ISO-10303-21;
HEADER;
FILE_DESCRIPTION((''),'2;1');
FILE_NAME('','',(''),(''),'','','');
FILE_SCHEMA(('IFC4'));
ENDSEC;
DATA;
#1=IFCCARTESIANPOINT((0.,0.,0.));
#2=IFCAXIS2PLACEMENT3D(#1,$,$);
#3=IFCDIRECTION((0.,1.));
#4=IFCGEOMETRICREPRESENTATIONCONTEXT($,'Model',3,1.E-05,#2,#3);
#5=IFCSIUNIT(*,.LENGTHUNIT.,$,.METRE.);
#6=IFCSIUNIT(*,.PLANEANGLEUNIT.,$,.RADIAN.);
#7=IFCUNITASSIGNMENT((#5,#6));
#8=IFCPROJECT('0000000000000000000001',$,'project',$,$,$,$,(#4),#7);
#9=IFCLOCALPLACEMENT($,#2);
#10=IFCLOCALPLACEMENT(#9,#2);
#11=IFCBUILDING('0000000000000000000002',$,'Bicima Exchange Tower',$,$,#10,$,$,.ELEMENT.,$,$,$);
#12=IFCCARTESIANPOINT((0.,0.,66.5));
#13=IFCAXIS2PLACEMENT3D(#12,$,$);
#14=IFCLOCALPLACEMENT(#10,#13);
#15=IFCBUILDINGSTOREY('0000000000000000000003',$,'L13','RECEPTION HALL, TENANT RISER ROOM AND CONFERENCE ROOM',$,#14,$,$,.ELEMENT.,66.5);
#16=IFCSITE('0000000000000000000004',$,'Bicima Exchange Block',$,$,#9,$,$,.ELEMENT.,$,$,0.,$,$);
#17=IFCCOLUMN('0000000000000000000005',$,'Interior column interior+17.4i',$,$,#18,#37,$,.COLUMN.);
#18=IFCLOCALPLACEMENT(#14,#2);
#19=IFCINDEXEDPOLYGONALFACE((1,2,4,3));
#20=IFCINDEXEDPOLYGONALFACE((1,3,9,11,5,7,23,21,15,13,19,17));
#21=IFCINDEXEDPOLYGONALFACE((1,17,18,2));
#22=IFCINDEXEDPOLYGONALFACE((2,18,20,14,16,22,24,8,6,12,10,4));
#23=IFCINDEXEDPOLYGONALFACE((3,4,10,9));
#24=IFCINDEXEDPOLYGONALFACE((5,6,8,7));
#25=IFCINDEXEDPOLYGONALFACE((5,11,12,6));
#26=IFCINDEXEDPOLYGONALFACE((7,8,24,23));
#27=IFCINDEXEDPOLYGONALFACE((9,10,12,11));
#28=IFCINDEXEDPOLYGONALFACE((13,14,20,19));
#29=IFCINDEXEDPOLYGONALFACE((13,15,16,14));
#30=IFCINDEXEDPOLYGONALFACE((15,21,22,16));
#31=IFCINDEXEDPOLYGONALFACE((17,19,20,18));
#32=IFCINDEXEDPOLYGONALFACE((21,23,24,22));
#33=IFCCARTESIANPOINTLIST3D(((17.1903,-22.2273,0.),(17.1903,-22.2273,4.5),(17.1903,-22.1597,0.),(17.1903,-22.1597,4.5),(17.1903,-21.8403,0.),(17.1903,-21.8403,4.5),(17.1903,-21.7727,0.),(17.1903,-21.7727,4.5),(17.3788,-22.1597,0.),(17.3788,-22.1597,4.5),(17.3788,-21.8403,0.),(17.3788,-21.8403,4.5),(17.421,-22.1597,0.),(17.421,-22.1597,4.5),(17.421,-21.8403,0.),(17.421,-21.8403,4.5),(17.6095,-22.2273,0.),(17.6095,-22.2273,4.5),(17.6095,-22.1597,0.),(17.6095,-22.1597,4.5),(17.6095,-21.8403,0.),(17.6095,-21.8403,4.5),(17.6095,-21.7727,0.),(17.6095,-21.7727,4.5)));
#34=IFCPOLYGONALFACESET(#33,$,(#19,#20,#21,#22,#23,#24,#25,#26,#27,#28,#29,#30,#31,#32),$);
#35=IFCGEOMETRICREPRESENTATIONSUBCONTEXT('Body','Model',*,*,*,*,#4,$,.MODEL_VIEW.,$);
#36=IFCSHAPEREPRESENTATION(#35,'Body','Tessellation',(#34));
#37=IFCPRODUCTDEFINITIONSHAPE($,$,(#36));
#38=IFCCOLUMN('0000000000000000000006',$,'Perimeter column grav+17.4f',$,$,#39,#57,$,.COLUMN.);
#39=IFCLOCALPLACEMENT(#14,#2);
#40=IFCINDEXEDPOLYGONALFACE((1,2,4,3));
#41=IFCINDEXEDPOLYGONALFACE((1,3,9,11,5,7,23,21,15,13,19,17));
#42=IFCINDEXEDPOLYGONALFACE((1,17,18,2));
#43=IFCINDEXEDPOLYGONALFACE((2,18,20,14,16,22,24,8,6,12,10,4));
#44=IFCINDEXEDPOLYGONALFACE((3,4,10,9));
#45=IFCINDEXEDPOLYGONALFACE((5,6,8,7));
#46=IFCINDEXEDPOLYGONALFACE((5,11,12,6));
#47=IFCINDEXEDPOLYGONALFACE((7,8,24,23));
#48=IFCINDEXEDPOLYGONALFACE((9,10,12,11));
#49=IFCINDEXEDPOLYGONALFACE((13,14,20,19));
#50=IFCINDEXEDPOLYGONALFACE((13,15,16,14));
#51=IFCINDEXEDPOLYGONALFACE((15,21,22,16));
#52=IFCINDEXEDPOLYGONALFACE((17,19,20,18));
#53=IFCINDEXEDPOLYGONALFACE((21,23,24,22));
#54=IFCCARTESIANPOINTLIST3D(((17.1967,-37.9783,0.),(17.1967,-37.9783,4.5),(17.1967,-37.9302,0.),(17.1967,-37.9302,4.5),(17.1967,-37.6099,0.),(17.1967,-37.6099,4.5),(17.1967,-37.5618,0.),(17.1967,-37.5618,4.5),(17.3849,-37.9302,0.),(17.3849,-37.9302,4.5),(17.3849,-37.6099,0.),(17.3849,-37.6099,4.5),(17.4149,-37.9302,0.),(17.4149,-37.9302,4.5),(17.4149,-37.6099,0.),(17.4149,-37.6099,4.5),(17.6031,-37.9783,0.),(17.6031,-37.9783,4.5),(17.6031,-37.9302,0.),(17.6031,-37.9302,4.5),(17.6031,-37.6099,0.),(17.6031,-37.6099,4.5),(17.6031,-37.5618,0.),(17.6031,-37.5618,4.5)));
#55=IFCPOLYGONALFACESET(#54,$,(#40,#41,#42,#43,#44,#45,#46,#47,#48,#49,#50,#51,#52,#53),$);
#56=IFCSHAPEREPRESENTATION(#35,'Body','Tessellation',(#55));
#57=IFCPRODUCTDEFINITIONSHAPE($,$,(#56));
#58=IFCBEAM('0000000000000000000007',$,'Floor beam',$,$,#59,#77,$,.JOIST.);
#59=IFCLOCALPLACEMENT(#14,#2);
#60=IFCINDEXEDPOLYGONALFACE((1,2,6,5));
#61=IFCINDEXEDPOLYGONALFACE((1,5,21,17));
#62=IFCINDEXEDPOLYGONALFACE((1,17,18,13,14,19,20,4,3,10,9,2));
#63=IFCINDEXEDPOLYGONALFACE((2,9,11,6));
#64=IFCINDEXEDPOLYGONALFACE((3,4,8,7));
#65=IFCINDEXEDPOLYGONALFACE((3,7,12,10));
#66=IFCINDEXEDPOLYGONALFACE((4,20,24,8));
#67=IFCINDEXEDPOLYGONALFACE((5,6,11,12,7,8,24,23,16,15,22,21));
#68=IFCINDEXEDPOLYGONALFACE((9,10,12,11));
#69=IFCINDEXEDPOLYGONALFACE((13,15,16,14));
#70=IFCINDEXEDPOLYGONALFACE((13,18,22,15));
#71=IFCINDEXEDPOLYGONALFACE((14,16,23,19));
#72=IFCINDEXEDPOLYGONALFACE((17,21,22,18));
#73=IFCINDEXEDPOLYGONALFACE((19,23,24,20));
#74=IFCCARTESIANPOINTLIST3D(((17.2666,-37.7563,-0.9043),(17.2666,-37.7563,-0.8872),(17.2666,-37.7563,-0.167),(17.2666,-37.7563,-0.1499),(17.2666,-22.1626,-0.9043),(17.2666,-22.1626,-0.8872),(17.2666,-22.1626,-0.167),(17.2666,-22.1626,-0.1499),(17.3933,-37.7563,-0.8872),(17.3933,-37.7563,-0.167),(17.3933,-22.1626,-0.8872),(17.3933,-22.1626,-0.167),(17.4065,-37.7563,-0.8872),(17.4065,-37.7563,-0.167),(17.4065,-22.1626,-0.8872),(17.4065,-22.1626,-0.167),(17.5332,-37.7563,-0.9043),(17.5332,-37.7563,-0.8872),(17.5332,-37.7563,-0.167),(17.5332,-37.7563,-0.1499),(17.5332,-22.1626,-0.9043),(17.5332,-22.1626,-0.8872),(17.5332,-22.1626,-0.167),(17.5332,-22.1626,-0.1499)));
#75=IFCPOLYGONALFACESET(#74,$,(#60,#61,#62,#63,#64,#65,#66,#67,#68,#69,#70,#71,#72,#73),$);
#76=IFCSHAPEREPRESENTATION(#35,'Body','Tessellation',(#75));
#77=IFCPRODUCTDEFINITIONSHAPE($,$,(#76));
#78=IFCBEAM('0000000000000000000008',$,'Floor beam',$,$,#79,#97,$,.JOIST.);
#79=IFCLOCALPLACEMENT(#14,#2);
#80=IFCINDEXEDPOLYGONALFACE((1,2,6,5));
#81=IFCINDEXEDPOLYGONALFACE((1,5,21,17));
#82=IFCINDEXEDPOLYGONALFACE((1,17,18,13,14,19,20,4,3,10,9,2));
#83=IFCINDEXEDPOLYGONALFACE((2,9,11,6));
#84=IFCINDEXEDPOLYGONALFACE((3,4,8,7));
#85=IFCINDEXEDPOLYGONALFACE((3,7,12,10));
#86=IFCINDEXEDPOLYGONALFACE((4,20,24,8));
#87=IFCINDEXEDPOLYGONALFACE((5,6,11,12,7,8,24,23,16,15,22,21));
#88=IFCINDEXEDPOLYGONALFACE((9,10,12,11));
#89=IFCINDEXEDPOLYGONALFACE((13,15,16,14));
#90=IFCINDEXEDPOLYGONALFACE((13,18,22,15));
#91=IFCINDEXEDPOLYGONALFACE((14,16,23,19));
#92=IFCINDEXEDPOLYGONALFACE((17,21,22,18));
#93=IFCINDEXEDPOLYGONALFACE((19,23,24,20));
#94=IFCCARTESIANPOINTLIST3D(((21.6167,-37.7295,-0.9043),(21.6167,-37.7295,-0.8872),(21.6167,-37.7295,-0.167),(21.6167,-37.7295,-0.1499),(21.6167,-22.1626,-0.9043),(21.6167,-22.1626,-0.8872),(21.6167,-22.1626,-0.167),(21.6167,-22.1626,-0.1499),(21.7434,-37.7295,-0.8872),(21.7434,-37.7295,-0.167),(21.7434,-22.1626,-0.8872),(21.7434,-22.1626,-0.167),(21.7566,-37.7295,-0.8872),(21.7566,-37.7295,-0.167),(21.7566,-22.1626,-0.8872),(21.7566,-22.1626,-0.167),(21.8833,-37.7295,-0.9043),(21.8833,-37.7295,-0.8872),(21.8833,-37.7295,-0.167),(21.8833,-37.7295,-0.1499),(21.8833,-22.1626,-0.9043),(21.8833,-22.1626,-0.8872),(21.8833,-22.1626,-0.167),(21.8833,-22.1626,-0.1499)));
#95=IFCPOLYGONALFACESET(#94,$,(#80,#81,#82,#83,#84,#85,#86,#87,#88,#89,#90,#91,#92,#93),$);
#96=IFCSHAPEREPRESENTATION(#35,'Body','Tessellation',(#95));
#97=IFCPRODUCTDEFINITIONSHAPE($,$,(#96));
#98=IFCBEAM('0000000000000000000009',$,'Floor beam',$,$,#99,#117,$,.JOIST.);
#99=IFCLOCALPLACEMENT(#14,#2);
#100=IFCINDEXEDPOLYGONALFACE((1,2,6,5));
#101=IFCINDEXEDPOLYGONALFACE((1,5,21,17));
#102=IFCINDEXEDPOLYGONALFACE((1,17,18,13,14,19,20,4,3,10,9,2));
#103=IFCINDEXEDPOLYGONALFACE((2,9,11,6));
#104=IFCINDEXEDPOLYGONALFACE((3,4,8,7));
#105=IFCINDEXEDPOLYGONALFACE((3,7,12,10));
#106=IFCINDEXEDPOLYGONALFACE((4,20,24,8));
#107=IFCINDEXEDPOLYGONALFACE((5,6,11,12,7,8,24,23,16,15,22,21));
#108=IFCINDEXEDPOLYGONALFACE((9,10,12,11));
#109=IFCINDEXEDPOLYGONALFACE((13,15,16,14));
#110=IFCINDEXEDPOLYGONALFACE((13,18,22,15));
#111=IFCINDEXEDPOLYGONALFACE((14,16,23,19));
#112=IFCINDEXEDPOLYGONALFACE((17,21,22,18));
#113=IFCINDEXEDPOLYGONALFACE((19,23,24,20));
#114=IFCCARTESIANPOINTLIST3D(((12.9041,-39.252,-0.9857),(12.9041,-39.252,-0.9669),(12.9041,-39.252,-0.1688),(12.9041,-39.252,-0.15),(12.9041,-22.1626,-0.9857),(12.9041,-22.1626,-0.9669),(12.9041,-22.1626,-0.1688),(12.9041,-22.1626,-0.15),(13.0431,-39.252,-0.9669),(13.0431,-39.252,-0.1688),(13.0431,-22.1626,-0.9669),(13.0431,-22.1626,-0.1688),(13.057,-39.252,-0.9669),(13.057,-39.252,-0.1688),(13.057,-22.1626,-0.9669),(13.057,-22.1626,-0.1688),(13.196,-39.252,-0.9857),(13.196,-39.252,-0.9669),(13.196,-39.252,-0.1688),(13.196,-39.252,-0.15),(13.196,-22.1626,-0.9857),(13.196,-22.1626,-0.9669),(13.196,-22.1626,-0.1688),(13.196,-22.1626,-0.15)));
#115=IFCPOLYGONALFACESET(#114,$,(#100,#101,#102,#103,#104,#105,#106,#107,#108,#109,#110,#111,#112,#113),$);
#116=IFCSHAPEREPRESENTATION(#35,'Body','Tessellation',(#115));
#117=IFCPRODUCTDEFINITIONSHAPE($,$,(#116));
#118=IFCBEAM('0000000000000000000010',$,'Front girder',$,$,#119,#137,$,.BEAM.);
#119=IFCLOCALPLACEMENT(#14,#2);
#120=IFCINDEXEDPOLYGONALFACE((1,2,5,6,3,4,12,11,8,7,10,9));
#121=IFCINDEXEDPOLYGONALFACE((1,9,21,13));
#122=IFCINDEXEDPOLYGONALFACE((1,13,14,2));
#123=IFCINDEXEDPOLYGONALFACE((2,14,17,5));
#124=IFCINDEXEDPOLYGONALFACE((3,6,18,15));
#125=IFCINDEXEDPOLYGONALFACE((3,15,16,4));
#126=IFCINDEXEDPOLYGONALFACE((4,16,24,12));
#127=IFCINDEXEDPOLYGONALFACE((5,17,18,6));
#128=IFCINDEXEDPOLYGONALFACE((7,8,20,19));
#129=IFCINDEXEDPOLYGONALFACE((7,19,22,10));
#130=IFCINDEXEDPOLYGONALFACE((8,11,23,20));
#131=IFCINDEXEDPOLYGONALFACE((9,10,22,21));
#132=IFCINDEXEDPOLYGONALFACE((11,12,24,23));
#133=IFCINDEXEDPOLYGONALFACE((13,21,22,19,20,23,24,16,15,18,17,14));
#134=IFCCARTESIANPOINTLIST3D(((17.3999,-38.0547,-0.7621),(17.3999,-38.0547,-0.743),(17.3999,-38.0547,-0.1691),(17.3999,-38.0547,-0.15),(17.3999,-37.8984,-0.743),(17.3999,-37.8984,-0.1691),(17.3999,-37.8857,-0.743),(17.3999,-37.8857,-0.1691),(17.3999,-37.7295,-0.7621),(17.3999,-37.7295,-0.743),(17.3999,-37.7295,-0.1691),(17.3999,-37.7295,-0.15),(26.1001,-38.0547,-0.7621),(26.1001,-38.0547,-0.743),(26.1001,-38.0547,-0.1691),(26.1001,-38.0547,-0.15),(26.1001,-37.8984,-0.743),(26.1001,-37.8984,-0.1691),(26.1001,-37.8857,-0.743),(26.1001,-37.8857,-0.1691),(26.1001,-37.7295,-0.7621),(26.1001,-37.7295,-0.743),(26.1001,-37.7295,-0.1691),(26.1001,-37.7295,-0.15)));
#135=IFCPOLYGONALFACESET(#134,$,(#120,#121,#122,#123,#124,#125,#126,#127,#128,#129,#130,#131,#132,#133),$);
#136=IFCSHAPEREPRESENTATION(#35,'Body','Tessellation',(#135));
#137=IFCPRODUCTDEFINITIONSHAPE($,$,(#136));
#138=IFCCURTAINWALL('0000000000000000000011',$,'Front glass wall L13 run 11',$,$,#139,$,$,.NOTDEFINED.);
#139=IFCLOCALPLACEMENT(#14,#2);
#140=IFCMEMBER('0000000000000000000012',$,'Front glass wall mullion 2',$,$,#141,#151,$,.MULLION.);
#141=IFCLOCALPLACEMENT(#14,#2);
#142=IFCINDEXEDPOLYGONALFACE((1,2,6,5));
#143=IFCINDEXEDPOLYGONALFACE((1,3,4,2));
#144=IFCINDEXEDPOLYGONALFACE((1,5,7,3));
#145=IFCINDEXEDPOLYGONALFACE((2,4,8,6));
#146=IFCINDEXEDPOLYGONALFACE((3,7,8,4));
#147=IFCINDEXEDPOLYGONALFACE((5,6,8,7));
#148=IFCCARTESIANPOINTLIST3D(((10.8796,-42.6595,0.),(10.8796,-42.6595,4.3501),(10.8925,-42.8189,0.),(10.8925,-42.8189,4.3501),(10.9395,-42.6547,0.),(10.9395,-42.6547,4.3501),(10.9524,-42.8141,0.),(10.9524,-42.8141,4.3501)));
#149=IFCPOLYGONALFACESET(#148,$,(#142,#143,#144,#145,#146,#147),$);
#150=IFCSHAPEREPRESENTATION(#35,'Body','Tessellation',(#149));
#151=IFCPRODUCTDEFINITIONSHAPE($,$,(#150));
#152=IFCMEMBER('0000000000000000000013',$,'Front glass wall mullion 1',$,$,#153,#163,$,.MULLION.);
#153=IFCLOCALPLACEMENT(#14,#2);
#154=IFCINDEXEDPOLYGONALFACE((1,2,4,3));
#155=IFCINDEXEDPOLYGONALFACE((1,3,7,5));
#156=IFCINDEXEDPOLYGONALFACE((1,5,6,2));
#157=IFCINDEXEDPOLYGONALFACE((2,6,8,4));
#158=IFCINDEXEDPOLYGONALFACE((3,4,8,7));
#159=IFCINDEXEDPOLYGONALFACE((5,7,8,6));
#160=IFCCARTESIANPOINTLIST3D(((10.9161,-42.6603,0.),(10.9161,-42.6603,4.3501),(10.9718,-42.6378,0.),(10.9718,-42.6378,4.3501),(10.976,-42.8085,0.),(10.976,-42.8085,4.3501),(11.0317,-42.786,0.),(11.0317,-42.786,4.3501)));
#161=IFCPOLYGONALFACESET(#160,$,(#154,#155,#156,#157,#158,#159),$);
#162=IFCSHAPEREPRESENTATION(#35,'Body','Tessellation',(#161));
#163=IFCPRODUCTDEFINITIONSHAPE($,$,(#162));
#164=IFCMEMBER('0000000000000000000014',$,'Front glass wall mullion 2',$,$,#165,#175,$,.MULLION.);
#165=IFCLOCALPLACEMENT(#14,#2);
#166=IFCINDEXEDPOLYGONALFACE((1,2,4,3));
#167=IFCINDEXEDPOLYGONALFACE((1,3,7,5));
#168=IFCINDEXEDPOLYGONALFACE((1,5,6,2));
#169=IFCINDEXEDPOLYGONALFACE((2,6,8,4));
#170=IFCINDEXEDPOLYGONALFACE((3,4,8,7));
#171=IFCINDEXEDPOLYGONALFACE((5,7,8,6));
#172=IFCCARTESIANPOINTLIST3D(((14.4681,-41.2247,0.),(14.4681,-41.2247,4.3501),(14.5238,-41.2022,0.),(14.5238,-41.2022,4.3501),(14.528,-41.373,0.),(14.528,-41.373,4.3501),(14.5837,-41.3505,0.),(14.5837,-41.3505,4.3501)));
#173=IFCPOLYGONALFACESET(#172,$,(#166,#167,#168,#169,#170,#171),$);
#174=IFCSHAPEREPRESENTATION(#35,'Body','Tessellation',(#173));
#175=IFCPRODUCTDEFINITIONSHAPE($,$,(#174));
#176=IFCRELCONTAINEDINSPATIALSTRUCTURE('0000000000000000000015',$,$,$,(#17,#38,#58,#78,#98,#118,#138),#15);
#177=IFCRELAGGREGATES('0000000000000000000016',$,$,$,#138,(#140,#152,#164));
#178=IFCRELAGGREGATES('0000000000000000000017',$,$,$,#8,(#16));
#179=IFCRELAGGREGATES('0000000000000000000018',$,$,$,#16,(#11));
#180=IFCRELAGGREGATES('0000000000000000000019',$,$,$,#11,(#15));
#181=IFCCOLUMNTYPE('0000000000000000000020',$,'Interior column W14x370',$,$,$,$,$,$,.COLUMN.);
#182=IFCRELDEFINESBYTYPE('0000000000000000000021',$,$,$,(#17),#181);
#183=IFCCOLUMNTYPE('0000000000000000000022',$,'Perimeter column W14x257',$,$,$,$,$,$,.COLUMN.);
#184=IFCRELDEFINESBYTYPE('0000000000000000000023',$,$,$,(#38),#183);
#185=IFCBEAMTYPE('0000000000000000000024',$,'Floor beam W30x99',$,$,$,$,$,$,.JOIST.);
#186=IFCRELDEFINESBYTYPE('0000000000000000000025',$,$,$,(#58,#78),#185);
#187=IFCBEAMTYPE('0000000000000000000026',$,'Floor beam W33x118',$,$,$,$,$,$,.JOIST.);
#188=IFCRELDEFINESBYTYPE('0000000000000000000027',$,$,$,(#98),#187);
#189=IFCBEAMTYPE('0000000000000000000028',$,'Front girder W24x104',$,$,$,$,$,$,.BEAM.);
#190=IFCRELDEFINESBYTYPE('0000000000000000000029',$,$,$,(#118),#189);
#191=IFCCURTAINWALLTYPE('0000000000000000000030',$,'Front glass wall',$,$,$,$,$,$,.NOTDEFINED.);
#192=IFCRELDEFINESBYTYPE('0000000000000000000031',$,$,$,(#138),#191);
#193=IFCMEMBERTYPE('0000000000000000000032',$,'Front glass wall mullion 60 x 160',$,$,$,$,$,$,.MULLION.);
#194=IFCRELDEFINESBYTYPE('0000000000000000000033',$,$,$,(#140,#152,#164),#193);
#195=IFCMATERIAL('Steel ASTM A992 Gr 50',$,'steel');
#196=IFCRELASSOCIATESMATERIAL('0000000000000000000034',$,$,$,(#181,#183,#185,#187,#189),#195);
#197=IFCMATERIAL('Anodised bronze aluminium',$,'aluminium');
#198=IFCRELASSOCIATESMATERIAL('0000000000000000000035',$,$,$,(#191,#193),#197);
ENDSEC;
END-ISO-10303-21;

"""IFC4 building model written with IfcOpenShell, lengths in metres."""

from ifc_helpers import new_model, si_unit, direction, frame, origin, origin_2d, place, context, subcontext, project, spatial, rectangle, i_section, extrude, material, material_profile, profile_set, type_object, element, aggregate, save


model = new_model("IFC4")

# Units and contexts
model_context = context("Model", 3, precision=1e-05, world=origin(), true_north=direction((0.0, 1.0)))
body_context = subcontext(model_context, "Body", "Model", "MODEL_VIEW")
ifc_project = project(units=[si_unit("LENGTHUNIT", "METRE"), si_unit("PLANEANGLEUNIT", "RADIAN")], contexts=[model_context])

# Site, building, storey
site_placement = place(None, origin())
site = spatial("IfcSite", under=ifc_project, at=site_placement, Name="Bicima Exchange Block", CompositionType="ELEMENT", RefElevation=0.0)
building_placement = place(site_placement, origin())
building = spatial("IfcBuilding", under=site, at=building_placement, Name="Bicima Exchange Tower", CompositionType="ELEMENT")
storey_placement = place(building_placement, frame((0.0, 0.0, 66.5)))
storey = spatial("IfcBuildingStorey", under=building, at=storey_placement, Name="L13", Description="RECEPTION HALL, TENANT RISER ROOM AND CONFERENCE ROOM", CompositionType="ELEMENT", Elevation=66.5)

# Columns
ifc_material_1 = material(Name="Steel ASTM A992 Gr 50", Category="steel")
ifc_material_profile_1 = material_profile(ifc_material_1, i_section(OverallWidth=0.4192, OverallDepth=0.4546, WebThickness=0.0422, FlangeThickness=0.0676, at=origin_2d()))
ifc_profile_set_1 = profile_set([ifc_material_profile_1], Name="Steel ASTM A992 Gr 50")
column_type_1 = type_object("IfcColumnType", Name="Interior column W14x370", PredefinedType="COLUMN", material=ifc_profile_set_1)
column_1_placement = place(storey_placement, frame((17.3999, -22.0, 0.0), z_axis=(0.0, 0.0, 1.0), x_axis=(1.0, 0.0, 0.0)))
element("IfcColumn", 1, at=column_1_placement, inside=storey, type_object=column_type_1, Name="Interior column interior+17.4i", PredefinedType="COLUMN", context=body_context, shape_type="SweptSolid", body=[
    extrude(i_section(OverallWidth=0.4192, OverallDepth=0.4546, WebThickness=0.0422, FlangeThickness=0.0676, at=origin_2d()), origin(), (0.0, 0.0, 1.0), 4.5),
])
ifc_material_profile_2 = material_profile(ifc_material_1, i_section(OverallWidth=0.4065, OverallDepth=0.4165, WebThickness=0.03, FlangeThickness=0.0481, at=origin_2d()))
ifc_profile_set_2 = profile_set([ifc_material_profile_2], Name="Steel ASTM A992 Gr 50")
column_type_2 = type_object("IfcColumnType", Name="Perimeter column W14x257", PredefinedType="COLUMN", material=ifc_profile_set_2)
column_2_placement = place(storey_placement, frame((17.3999, -37.77, 0.0), z_axis=(0.0, 0.0, 1.0), x_axis=(1.0, 0.0, 0.0)))
element("IfcColumn", 2, at=column_2_placement, inside=storey, type_object=column_type_2, Name="Perimeter column grav+17.4f", PredefinedType="COLUMN", context=body_context, shape_type="SweptSolid", body=[
    extrude(i_section(OverallWidth=0.4065, OverallDepth=0.4165, WebThickness=0.03, FlangeThickness=0.0481, at=origin_2d()), origin(), (0.0, 0.0, 1.0), 4.5),
])

# Beams
ifc_material_profile_3 = material_profile(ifc_material_1, i_section(OverallWidth=0.2666, OverallDepth=0.7544, WebThickness=0.0132, FlangeThickness=0.0171, at=origin_2d()))
ifc_profile_set_3 = profile_set([ifc_material_profile_3], Name="Steel ASTM A992 Gr 50")
beam_type_1 = type_object("IfcBeamType", Name="Floor beam W30x99", PredefinedType="JOIST", material=ifc_profile_set_3)
beam_1_placement = place(storey_placement, frame((17.3999, -22.1626, -0.5271), z_axis=(0.0, -1.0, 0.0), x_axis=(1.0, 0.0, 0.0)))
element("IfcBeam", 3, at=beam_1_placement, inside=storey, type_object=beam_type_1, Name="Floor beam", PredefinedType="JOIST", context=body_context, shape_type="SweptSolid", body=[
    extrude(i_section(OverallWidth=0.2666, OverallDepth=0.7544, WebThickness=0.0132, FlangeThickness=0.0171, at=origin_2d()), origin(), (0.0, 0.0, 1.0), 15.5938),
])
beam_2_placement = place(storey_placement, frame((21.75, -22.1626, -0.5271), z_axis=(0.0, -1.0, 0.0), x_axis=(1.0, 0.0, 0.0)))
element("IfcBeam", 4, at=beam_2_placement, inside=storey, type_object=beam_type_1, Name="Floor beam", PredefinedType="JOIST", context=body_context, shape_type="SweptSolid", body=[
    extrude(i_section(OverallWidth=0.2666, OverallDepth=0.7544, WebThickness=0.0132, FlangeThickness=0.0171, at=origin_2d()), origin(), (0.0, 0.0, 1.0), 15.5669),
])
ifc_material_profile_4 = material_profile(ifc_material_1, i_section(OverallWidth=0.292, OverallDepth=0.8357, WebThickness=0.0139, FlangeThickness=0.0188, at=origin_2d()))
ifc_profile_set_4 = profile_set([ifc_material_profile_4], Name="Steel ASTM A992 Gr 50")
beam_type_2 = type_object("IfcBeamType", Name="Floor beam W33x118", PredefinedType="JOIST", material=ifc_profile_set_4)
beam_3_placement = place(storey_placement, frame((13.05, -22.1626, -0.5679), z_axis=(0.0, -1.0, 0.0), x_axis=(1.0, 0.0, 0.0)))
element("IfcBeam", 5, at=beam_3_placement, inside=storey, type_object=beam_type_2, Name="Floor beam", PredefinedType="JOIST", context=body_context, shape_type="SweptSolid", body=[
    extrude(i_section(OverallWidth=0.292, OverallDepth=0.8357, WebThickness=0.0139, FlangeThickness=0.0188, at=origin_2d()), origin(), (0.0, 0.0, 1.0), 17.0894),
])
ifc_material_profile_5 = material_profile(ifc_material_1, i_section(OverallWidth=0.3252, OverallDepth=0.6121, WebThickness=0.0127, FlangeThickness=0.019, at=origin_2d()))
ifc_profile_set_5 = profile_set([ifc_material_profile_5], Name="Steel ASTM A992 Gr 50")
beam_type_3 = type_object("IfcBeamType", Name="Front girder W24x104", PredefinedType="BEAM", material=ifc_profile_set_5)
beam_4_placement = place(storey_placement, frame((17.3999, -37.8921, -0.4561), z_axis=(1.0, 0.0, 0.0), x_axis=(0.0, 1.0, 0.0)))
element("IfcBeam", 6, at=beam_4_placement, inside=storey, type_object=beam_type_3, Name="Front girder", PredefinedType="BEAM", context=body_context, shape_type="SweptSolid", body=[
    extrude(i_section(OverallWidth=0.3252, OverallDepth=0.6121, WebThickness=0.0127, FlangeThickness=0.019, at=origin_2d()), origin(), (0.0, 0.0, 1.0), 8.7002),
])

# Curtain wall, members
ifc_material_2 = material(Name="Anodised bronze aluminium", Category="aluminium")
curtain_wall_type = type_object("IfcCurtainWallType", Name="Front glass wall", PredefinedType="NOTDEFINED", material=ifc_material_2)
curtain_wall_1_placement = place(storey_placement, origin())
curtain_wall_1 = element("IfcCurtainWall", 7, at=curtain_wall_1_placement, inside=storey, type_object=curtain_wall_type, Name="Front glass wall L13 run 11", PredefinedType="NOTDEFINED")
ifc_material_profile_6 = material_profile(ifc_material_2, rectangle(XDim=0.1599, YDim=0.0601, at=origin_2d()))
ifc_profile_set_6 = profile_set([ifc_material_profile_6], Name="Anodised bronze aluminium")
member_type_1 = type_object("IfcMemberType", Name="Front glass wall mullion 60 x 160", PredefinedType="MULLION", material=ifc_profile_set_6)
member_1_placement = place(storey_placement, frame((10.916, -42.7368, 0.0), z_axis=(0.0, 0.0, 1.0), x_axis=(-0.080589, 0.996747, 0.0)))
member_1 = element("IfcMember", 8, at=member_1_placement, type_object=member_type_1, Name="Front glass wall mullion 2", PredefinedType="MULLION", context=body_context, shape_type="SweptSolid", body=[
    extrude(rectangle(XDim=0.1599, YDim=0.0601, at=origin_2d()), origin(), (0.0, 0.0, 1.0), 4.3501),
])
member_2_placement = place(storey_placement, frame((10.9739, -42.7231, 0.0), z_axis=(0.0, 0.0, 1.0), x_axis=(-0.374705, 0.927144, 0.0)))
member_2 = element("IfcMember", 9, at=member_2_placement, type_object=member_type_1, Name="Front glass wall mullion 1", PredefinedType="MULLION", context=body_context, shape_type="SweptSolid", body=[
    extrude(rectangle(XDim=0.1599, YDim=0.0601, at=origin_2d()), origin(), (0.0, 0.0, 1.0), 4.3501),
])
member_3_placement = place(storey_placement, frame((14.5259, -41.2876, 0.0), z_axis=(0.0, 0.0, 1.0), x_axis=(-0.374705, 0.927144, 0.0)))
member_3 = element("IfcMember", 10, at=member_3_placement, type_object=member_type_1, Name="Front glass wall mullion 2", PredefinedType="MULLION", context=body_context, shape_type="SweptSolid", body=[
    extrude(rectangle(XDim=0.1599, YDim=0.0601, at=origin_2d()), origin(), (0.0, 0.0, 1.0), 4.3501),
])

aggregate(curtain_wall_1, [member_1, member_2, member_3])

save(model, "model.ifc")
